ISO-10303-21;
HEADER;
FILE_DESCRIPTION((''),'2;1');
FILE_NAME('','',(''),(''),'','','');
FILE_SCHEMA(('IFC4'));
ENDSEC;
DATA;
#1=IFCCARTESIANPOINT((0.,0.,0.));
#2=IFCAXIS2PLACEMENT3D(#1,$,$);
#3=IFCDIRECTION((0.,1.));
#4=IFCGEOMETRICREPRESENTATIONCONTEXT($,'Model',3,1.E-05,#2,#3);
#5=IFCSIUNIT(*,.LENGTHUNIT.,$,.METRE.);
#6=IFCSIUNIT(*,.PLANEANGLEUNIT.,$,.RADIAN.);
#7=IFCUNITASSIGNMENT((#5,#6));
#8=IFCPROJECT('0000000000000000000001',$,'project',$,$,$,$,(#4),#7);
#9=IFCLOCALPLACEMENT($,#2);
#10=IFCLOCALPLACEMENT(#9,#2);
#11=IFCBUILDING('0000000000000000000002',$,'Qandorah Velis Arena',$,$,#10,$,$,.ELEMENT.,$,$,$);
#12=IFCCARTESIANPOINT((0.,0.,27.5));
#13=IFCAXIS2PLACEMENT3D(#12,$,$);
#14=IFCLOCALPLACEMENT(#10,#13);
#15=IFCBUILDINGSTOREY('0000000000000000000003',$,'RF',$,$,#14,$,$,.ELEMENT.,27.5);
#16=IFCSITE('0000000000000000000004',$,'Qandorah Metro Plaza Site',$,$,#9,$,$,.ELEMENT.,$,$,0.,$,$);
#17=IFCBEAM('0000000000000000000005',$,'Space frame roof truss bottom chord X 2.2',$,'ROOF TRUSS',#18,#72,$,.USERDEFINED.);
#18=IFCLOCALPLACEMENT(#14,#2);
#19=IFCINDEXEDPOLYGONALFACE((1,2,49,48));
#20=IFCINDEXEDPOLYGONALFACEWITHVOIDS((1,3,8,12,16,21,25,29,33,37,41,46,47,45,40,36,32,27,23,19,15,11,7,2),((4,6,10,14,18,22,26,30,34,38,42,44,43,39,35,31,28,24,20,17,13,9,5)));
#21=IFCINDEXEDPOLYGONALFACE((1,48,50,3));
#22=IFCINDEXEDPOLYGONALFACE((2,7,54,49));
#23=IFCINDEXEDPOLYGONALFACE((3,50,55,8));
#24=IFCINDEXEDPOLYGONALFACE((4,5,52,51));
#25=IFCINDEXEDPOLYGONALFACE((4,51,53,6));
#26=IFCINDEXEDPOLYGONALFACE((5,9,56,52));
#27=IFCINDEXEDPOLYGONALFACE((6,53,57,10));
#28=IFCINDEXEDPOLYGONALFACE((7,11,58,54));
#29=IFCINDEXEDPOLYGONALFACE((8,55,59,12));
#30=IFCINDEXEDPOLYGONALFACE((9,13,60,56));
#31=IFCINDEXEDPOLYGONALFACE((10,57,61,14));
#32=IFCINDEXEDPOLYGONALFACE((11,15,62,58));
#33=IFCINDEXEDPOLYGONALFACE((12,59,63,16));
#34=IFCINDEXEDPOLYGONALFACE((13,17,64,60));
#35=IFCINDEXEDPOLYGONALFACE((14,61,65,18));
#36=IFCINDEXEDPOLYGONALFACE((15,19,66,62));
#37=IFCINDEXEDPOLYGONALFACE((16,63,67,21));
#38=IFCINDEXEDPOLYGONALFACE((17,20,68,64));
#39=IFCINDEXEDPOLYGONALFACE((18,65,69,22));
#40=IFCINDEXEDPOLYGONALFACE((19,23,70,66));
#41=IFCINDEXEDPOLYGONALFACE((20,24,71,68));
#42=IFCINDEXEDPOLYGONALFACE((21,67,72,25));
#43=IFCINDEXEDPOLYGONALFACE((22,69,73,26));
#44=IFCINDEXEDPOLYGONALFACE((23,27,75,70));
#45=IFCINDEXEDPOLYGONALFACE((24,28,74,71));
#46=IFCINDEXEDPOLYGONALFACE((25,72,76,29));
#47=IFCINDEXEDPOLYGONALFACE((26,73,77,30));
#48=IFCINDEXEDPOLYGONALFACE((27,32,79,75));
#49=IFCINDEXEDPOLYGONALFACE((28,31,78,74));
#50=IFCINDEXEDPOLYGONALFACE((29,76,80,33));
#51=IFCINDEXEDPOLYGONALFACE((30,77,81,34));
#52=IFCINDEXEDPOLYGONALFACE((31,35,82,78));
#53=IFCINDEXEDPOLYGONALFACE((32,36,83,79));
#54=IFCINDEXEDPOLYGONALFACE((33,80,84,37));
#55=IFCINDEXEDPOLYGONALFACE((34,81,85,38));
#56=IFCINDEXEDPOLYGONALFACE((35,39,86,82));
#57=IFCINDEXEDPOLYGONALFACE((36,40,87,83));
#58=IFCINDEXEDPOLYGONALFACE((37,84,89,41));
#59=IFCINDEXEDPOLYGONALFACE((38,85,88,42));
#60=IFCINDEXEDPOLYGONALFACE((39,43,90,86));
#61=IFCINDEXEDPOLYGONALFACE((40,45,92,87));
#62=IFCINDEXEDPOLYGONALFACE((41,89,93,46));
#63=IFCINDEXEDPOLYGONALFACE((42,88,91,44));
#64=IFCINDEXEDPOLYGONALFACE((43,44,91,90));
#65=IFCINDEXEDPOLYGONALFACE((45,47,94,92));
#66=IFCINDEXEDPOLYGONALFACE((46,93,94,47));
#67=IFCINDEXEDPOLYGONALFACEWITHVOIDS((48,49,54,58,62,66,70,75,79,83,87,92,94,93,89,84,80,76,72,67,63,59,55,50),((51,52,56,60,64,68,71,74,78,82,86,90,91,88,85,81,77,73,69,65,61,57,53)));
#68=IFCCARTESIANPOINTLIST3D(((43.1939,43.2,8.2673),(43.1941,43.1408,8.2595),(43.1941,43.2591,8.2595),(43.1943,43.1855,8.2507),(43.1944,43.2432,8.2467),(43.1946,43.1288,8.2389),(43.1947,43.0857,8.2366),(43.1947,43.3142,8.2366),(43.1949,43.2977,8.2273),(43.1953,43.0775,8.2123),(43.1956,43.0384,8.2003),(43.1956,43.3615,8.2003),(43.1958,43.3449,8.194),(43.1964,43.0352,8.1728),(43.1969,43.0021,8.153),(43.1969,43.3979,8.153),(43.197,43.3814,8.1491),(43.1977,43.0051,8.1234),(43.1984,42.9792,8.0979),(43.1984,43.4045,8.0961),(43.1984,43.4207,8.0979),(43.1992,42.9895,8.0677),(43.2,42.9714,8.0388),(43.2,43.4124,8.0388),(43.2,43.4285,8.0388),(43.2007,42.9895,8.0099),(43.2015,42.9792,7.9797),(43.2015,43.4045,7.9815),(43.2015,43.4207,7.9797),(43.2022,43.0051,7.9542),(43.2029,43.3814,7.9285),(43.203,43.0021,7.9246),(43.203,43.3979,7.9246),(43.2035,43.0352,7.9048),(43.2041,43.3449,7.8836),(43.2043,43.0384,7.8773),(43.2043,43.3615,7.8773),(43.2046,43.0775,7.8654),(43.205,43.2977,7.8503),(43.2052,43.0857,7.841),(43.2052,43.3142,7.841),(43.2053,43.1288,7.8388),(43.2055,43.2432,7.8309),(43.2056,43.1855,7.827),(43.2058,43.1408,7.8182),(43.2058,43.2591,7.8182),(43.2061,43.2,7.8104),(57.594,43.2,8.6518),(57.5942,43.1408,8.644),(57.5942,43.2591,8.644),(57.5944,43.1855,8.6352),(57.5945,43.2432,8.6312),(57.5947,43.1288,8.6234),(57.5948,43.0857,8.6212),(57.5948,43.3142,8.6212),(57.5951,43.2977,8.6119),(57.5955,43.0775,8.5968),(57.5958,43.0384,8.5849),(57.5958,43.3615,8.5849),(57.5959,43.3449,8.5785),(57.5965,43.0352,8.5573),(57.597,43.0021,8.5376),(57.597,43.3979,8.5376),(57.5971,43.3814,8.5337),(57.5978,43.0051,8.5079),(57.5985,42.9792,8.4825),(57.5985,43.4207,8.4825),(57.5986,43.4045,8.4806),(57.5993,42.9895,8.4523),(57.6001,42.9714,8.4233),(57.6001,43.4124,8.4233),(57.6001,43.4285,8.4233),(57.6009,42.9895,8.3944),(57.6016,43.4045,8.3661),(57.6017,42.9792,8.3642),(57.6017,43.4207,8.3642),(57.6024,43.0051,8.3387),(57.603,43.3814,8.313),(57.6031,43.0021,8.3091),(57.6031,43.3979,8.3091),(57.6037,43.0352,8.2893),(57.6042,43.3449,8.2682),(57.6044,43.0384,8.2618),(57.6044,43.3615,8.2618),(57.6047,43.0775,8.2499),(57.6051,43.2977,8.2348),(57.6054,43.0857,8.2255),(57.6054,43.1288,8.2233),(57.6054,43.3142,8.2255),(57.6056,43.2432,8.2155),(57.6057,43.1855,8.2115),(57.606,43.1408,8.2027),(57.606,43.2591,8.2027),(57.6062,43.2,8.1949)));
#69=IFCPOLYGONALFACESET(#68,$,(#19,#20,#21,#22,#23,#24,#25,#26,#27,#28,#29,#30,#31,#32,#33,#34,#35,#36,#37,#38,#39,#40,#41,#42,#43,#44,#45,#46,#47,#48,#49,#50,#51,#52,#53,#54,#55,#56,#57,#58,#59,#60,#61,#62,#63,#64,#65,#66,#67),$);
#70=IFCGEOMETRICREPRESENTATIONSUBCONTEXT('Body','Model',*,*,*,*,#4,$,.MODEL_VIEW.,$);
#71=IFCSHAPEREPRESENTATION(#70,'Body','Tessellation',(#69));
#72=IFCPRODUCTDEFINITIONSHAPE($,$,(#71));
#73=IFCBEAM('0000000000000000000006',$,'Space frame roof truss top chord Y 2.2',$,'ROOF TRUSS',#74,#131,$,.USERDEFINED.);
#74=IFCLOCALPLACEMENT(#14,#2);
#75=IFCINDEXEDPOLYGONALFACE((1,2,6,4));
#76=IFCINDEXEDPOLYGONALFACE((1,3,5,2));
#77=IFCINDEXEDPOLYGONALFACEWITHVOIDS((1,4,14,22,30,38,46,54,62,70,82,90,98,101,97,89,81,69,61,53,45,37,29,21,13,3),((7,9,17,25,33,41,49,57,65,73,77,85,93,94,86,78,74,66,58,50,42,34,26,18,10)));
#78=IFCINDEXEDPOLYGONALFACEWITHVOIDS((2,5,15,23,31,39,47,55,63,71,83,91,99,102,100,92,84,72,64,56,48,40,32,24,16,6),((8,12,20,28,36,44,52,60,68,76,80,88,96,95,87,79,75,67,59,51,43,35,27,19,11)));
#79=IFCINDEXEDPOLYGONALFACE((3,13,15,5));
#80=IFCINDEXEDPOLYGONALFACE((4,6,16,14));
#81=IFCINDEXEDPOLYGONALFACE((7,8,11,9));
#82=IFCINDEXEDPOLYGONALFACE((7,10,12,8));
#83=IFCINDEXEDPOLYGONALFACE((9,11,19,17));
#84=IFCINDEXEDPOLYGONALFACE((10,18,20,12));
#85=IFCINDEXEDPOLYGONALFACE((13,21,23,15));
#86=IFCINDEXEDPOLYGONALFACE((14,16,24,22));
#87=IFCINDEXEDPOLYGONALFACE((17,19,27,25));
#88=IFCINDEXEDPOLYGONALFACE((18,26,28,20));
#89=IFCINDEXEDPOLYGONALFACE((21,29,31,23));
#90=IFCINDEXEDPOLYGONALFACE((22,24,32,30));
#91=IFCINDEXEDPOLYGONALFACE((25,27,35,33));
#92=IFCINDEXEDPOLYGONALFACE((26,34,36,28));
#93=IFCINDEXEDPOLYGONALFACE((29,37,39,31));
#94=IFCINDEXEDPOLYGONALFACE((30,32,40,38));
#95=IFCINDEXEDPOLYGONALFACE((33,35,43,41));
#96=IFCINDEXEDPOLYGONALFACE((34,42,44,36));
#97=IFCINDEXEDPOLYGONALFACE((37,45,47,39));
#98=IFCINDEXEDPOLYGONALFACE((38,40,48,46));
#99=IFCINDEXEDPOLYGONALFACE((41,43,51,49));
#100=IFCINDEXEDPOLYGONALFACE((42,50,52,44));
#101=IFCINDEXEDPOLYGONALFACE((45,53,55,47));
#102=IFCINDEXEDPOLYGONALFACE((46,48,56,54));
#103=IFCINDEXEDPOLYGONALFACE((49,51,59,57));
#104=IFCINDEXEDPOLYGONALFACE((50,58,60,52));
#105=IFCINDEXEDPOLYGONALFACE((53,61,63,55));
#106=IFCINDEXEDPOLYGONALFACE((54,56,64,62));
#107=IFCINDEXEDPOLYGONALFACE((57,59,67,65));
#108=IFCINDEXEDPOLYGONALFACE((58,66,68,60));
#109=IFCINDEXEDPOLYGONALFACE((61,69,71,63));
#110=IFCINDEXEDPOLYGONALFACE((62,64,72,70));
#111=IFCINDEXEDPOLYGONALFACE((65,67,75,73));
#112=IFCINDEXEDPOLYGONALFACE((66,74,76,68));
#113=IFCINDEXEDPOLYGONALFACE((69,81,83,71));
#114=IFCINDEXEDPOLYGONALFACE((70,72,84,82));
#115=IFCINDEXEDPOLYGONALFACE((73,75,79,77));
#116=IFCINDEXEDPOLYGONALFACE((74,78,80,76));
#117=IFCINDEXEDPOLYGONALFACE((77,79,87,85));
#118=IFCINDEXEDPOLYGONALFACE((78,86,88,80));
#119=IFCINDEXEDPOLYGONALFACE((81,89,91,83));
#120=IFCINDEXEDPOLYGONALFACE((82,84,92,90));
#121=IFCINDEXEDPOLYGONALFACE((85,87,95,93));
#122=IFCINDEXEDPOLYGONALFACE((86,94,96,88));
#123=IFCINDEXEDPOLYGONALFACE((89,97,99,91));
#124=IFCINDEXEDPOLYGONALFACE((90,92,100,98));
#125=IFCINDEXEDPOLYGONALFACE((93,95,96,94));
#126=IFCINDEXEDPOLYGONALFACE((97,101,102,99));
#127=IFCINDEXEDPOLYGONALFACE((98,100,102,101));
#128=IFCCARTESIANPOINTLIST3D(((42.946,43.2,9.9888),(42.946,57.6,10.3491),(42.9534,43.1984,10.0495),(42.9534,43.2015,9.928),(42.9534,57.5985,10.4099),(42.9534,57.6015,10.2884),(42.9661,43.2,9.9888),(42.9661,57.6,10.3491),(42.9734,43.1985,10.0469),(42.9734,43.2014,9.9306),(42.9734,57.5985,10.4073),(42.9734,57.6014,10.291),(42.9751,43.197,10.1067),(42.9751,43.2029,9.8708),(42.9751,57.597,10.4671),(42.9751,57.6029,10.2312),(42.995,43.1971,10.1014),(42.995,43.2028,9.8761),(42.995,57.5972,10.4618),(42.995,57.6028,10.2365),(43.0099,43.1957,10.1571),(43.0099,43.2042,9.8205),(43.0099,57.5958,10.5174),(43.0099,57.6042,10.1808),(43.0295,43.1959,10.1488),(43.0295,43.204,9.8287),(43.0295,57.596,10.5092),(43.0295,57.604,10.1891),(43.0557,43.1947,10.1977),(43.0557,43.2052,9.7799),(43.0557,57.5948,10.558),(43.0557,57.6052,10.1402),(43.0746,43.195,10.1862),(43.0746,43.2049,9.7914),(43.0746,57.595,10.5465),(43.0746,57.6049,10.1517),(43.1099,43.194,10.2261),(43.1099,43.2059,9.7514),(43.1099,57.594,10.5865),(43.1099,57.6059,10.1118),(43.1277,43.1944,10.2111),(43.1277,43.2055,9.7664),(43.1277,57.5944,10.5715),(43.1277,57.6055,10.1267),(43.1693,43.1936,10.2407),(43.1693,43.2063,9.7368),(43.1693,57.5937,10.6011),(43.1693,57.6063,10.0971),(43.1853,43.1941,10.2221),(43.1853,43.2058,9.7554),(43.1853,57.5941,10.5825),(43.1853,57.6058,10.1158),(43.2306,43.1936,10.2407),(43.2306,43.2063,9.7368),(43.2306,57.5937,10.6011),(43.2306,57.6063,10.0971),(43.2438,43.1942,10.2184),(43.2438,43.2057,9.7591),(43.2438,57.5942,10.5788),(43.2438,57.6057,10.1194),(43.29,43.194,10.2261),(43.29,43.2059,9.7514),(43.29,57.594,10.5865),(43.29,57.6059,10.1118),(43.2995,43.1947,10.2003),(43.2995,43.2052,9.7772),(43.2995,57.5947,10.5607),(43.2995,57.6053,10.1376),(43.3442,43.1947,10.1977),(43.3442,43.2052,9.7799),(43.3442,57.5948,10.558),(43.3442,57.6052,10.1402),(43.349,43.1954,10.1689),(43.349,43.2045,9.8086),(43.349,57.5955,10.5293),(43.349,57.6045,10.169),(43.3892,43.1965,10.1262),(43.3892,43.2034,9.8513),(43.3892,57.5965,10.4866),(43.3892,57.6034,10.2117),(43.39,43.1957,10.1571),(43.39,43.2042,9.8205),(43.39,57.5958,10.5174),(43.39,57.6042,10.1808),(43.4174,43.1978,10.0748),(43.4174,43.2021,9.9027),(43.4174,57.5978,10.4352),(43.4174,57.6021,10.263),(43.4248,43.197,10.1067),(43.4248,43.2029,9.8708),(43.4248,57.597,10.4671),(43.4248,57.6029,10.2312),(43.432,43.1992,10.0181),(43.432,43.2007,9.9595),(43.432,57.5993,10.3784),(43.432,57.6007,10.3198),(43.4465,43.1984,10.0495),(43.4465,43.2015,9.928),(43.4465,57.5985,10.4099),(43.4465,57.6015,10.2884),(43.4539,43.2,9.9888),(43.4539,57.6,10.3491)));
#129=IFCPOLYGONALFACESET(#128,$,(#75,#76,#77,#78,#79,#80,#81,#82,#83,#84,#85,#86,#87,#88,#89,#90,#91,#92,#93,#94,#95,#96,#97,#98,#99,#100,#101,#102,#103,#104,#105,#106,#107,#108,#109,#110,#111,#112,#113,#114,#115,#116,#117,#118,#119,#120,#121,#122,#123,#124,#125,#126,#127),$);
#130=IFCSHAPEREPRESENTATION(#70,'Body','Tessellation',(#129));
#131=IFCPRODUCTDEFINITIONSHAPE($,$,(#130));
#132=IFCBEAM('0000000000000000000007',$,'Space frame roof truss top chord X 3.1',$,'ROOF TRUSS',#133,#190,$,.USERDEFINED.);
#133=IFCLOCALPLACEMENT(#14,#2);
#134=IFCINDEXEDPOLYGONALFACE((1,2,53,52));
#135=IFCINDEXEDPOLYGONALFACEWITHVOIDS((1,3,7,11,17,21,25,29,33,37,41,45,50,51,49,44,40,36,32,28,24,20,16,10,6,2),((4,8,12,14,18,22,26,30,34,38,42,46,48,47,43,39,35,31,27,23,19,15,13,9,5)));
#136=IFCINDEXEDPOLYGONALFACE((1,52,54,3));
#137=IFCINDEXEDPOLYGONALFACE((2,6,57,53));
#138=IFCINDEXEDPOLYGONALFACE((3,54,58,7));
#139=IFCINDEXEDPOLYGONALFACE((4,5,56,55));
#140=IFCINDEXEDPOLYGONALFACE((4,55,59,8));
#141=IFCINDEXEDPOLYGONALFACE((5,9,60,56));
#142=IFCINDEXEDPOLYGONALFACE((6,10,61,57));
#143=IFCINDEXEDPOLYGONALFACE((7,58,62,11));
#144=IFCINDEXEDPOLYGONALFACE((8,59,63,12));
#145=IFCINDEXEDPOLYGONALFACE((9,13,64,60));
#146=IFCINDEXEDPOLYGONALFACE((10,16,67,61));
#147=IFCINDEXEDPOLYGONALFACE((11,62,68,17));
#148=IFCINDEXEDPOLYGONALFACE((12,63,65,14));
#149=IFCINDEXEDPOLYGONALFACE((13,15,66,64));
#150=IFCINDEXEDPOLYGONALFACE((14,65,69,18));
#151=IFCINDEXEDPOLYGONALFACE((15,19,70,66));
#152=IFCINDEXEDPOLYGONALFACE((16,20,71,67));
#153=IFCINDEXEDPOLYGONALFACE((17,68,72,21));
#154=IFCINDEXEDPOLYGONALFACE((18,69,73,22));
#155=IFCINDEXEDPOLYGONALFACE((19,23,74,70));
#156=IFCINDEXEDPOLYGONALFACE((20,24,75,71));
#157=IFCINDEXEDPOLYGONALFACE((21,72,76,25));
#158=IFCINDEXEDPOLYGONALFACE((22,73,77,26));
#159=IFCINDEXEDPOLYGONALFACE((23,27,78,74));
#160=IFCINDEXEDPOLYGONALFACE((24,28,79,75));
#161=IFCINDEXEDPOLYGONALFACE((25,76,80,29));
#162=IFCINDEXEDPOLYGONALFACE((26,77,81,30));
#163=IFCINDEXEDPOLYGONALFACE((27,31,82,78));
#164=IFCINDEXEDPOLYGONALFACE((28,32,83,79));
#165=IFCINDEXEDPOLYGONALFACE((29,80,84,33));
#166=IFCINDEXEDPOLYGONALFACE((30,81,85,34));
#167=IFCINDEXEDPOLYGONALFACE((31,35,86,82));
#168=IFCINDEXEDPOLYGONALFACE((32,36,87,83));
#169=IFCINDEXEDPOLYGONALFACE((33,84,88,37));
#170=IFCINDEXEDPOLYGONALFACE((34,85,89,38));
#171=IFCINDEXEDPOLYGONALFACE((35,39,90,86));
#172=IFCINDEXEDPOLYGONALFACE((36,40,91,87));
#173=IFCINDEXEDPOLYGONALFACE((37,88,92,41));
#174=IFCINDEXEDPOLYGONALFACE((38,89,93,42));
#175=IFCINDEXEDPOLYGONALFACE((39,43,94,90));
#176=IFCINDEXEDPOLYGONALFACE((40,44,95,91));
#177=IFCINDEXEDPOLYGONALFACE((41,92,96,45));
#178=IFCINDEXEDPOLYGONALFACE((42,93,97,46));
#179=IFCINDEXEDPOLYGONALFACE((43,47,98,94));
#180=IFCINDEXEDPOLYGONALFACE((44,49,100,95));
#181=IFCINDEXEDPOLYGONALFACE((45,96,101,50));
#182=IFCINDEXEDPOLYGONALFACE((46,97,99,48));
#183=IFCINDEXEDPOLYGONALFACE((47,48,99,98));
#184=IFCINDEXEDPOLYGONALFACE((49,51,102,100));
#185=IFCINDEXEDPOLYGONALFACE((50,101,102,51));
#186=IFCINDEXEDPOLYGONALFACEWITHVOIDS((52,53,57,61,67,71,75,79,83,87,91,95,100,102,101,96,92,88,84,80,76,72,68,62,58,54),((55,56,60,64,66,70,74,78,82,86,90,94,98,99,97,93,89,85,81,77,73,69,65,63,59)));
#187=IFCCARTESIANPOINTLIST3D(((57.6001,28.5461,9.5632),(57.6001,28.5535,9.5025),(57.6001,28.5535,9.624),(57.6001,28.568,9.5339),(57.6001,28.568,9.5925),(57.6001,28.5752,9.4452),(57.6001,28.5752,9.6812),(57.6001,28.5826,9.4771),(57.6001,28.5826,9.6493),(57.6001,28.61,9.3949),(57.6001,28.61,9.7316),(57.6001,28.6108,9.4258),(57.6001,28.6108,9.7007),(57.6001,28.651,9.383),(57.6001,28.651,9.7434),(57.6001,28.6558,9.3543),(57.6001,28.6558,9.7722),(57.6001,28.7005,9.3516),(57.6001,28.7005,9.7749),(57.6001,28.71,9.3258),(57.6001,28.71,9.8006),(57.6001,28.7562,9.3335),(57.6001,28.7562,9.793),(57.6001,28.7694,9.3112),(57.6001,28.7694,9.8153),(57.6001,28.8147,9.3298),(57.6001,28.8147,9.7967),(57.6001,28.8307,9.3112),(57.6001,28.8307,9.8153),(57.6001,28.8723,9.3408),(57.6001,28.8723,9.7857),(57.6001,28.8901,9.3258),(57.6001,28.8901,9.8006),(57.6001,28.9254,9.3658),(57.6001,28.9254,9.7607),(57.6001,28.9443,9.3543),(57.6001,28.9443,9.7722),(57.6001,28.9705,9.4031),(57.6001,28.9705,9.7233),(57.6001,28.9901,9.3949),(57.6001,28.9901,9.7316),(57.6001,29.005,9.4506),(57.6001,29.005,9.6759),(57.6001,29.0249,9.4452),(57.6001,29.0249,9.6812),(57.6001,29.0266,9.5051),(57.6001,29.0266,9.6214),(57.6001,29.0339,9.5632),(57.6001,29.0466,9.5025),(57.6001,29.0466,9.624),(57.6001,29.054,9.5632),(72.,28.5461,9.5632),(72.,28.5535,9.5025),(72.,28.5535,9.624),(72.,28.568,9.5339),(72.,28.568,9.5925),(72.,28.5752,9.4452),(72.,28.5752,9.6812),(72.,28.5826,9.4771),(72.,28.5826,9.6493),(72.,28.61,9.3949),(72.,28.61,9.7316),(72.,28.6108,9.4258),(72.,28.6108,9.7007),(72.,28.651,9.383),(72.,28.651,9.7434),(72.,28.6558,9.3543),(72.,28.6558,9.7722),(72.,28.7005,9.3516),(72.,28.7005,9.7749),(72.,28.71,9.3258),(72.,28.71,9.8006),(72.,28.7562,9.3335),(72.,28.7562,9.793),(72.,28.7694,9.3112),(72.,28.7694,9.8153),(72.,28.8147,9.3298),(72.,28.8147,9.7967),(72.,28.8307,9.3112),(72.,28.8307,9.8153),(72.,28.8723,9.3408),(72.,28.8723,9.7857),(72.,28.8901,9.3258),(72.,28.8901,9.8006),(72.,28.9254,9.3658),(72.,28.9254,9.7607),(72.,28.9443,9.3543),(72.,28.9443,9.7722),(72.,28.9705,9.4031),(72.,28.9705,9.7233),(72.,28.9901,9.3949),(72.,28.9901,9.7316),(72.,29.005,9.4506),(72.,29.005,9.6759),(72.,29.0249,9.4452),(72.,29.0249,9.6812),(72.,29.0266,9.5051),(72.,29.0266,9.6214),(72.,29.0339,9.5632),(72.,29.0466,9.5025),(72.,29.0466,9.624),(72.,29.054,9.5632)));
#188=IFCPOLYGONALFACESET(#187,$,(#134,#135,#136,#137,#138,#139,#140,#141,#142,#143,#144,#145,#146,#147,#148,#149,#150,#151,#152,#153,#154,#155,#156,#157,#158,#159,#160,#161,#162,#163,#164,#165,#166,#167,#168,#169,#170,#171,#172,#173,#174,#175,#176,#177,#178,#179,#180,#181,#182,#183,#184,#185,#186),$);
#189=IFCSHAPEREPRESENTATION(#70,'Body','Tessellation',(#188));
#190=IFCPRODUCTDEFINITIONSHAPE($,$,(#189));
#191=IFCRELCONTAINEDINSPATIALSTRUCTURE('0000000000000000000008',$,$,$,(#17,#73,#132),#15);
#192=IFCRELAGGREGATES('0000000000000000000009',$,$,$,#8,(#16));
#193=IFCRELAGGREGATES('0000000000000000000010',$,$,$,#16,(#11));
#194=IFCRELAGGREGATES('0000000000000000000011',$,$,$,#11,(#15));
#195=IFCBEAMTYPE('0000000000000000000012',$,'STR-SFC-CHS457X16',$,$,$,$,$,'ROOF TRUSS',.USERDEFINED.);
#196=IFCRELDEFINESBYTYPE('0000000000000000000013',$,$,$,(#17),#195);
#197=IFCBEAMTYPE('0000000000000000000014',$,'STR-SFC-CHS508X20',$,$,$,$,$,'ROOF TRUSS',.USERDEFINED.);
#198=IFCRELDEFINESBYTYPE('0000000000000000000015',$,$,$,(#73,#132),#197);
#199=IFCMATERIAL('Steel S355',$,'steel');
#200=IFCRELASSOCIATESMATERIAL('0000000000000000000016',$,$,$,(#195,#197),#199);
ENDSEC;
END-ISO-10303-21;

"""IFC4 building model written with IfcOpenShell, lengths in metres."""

from ifc_helpers import new_model, si_unit, direction, frame, origin, origin_2d, place, context, subcontext, project, spatial, hollow_circle, extrude, material, material_profile, profile_set, type_object, element, save


model = new_model("IFC4")

# Units and contexts
model_context = context("Model", 3, precision=1e-05, world=origin(), true_north=direction((0.0, 1.0)))
body_context = subcontext(model_context, "Body", "Model", "MODEL_VIEW")
ifc_project = project(units=[si_unit("LENGTHUNIT", "METRE"), si_unit("PLANEANGLEUNIT", "RADIAN")], contexts=[model_context])

# Site, building, storey
site_placement = place(None, origin())
site = spatial("IfcSite", under=ifc_project, at=site_placement, Name="Qandorah Metro Plaza Site", CompositionType="ELEMENT", RefElevation=0.0)
building_placement = place(site_placement, origin())
building = spatial("IfcBuilding", under=site, at=building_placement, Name="Qandorah Velis Arena", CompositionType="ELEMENT")
storey_placement = place(building_placement, frame((0.0, 0.0, 27.5)))
storey = spatial("IfcBuildingStorey", under=building, at=storey_placement, Name="RF", CompositionType="ELEMENT", Elevation=27.5)

# Shared definitions
ifc_material_1 = material(Name="Steel S355", Category="steel")

# Beams
ifc_material_profile_1 = material_profile(ifc_material_1, hollow_circle(Radius=0.2285, WallThickness=0.0161, at=origin_2d()), Name="CHS 457x16")
ifc_profile_set_1 = profile_set([ifc_material_profile_1], Name="Steel S355")
beam_type_1 = type_object("IfcBeamType", Name="STR-SFC-CHS457X16", ElementType="ROOF TRUSS", PredefinedType="USERDEFINED", material=ifc_profile_set_1)
beam_1_placement = place(storey_placement, frame((43.2, 43.2, 8.0388), z_axis=(0.999644, 0.0, 0.026693), x_axis=(0.0, 1.0, 0.0)))
element("IfcBeam", 1, at=beam_1_placement, inside=storey, type_object=beam_type_1, Name="Space frame roof truss bottom chord X 2.2", ObjectType="ROOF TRUSS", PredefinedType="USERDEFINED", context=body_context, shape_type="SweptSolid", body=[
    extrude(hollow_circle(Radius=0.2285, WallThickness=0.0161, at=origin_2d()), origin(), (0.0, 0.0, 1.0), 14.4053),
])
ifc_material_profile_2 = material_profile(ifc_material_1, hollow_circle(Radius=0.2539, WallThickness=0.02, at=origin_2d()), Name="CHS 508x20")
ifc_profile_set_2 = profile_set([ifc_material_profile_2], Name="Steel S355")
beam_type_2 = type_object("IfcBeamType", Name="STR-SFC-CHS508X20", ElementType="ROOF TRUSS", PredefinedType="USERDEFINED", material=ifc_profile_set_2)
beam_2_placement = place(storey_placement, frame((43.2, 43.2, 9.9888), z_axis=(0.0, 0.999687, 0.025016), x_axis=(-1.0, 0.0, 0.0)))
element("IfcBeam", 2, at=beam_2_placement, inside=storey, type_object=beam_type_2, Name="Space frame roof truss top chord Y 2.2", ObjectType="ROOF TRUSS", PredefinedType="USERDEFINED", context=body_context, shape_type="SweptSolid", body=[
    extrude(hollow_circle(Radius=0.2539, WallThickness=0.02, at=origin_2d()), origin(), (0.0, 0.0, 1.0), 14.4045),
])
beam_3_placement = place(storey_placement, frame((57.6001, 28.8, 9.5632), z_axis=(1.0, 0.0, 0.0), x_axis=(0.0, 1.0, 0.0)))
element("IfcBeam", 3, at=beam_3_placement, inside=storey, type_object=beam_type_2, Name="Space frame roof truss top chord X 3.1", ObjectType="ROOF TRUSS", PredefinedType="USERDEFINED", context=body_context, shape_type="SweptSolid", body=[
    extrude(hollow_circle(Radius=0.2539, WallThickness=0.02, at=origin_2d()), origin(), (0.0, 0.0, 1.0), 14.3999),
])

save(model, "model.ifc")
